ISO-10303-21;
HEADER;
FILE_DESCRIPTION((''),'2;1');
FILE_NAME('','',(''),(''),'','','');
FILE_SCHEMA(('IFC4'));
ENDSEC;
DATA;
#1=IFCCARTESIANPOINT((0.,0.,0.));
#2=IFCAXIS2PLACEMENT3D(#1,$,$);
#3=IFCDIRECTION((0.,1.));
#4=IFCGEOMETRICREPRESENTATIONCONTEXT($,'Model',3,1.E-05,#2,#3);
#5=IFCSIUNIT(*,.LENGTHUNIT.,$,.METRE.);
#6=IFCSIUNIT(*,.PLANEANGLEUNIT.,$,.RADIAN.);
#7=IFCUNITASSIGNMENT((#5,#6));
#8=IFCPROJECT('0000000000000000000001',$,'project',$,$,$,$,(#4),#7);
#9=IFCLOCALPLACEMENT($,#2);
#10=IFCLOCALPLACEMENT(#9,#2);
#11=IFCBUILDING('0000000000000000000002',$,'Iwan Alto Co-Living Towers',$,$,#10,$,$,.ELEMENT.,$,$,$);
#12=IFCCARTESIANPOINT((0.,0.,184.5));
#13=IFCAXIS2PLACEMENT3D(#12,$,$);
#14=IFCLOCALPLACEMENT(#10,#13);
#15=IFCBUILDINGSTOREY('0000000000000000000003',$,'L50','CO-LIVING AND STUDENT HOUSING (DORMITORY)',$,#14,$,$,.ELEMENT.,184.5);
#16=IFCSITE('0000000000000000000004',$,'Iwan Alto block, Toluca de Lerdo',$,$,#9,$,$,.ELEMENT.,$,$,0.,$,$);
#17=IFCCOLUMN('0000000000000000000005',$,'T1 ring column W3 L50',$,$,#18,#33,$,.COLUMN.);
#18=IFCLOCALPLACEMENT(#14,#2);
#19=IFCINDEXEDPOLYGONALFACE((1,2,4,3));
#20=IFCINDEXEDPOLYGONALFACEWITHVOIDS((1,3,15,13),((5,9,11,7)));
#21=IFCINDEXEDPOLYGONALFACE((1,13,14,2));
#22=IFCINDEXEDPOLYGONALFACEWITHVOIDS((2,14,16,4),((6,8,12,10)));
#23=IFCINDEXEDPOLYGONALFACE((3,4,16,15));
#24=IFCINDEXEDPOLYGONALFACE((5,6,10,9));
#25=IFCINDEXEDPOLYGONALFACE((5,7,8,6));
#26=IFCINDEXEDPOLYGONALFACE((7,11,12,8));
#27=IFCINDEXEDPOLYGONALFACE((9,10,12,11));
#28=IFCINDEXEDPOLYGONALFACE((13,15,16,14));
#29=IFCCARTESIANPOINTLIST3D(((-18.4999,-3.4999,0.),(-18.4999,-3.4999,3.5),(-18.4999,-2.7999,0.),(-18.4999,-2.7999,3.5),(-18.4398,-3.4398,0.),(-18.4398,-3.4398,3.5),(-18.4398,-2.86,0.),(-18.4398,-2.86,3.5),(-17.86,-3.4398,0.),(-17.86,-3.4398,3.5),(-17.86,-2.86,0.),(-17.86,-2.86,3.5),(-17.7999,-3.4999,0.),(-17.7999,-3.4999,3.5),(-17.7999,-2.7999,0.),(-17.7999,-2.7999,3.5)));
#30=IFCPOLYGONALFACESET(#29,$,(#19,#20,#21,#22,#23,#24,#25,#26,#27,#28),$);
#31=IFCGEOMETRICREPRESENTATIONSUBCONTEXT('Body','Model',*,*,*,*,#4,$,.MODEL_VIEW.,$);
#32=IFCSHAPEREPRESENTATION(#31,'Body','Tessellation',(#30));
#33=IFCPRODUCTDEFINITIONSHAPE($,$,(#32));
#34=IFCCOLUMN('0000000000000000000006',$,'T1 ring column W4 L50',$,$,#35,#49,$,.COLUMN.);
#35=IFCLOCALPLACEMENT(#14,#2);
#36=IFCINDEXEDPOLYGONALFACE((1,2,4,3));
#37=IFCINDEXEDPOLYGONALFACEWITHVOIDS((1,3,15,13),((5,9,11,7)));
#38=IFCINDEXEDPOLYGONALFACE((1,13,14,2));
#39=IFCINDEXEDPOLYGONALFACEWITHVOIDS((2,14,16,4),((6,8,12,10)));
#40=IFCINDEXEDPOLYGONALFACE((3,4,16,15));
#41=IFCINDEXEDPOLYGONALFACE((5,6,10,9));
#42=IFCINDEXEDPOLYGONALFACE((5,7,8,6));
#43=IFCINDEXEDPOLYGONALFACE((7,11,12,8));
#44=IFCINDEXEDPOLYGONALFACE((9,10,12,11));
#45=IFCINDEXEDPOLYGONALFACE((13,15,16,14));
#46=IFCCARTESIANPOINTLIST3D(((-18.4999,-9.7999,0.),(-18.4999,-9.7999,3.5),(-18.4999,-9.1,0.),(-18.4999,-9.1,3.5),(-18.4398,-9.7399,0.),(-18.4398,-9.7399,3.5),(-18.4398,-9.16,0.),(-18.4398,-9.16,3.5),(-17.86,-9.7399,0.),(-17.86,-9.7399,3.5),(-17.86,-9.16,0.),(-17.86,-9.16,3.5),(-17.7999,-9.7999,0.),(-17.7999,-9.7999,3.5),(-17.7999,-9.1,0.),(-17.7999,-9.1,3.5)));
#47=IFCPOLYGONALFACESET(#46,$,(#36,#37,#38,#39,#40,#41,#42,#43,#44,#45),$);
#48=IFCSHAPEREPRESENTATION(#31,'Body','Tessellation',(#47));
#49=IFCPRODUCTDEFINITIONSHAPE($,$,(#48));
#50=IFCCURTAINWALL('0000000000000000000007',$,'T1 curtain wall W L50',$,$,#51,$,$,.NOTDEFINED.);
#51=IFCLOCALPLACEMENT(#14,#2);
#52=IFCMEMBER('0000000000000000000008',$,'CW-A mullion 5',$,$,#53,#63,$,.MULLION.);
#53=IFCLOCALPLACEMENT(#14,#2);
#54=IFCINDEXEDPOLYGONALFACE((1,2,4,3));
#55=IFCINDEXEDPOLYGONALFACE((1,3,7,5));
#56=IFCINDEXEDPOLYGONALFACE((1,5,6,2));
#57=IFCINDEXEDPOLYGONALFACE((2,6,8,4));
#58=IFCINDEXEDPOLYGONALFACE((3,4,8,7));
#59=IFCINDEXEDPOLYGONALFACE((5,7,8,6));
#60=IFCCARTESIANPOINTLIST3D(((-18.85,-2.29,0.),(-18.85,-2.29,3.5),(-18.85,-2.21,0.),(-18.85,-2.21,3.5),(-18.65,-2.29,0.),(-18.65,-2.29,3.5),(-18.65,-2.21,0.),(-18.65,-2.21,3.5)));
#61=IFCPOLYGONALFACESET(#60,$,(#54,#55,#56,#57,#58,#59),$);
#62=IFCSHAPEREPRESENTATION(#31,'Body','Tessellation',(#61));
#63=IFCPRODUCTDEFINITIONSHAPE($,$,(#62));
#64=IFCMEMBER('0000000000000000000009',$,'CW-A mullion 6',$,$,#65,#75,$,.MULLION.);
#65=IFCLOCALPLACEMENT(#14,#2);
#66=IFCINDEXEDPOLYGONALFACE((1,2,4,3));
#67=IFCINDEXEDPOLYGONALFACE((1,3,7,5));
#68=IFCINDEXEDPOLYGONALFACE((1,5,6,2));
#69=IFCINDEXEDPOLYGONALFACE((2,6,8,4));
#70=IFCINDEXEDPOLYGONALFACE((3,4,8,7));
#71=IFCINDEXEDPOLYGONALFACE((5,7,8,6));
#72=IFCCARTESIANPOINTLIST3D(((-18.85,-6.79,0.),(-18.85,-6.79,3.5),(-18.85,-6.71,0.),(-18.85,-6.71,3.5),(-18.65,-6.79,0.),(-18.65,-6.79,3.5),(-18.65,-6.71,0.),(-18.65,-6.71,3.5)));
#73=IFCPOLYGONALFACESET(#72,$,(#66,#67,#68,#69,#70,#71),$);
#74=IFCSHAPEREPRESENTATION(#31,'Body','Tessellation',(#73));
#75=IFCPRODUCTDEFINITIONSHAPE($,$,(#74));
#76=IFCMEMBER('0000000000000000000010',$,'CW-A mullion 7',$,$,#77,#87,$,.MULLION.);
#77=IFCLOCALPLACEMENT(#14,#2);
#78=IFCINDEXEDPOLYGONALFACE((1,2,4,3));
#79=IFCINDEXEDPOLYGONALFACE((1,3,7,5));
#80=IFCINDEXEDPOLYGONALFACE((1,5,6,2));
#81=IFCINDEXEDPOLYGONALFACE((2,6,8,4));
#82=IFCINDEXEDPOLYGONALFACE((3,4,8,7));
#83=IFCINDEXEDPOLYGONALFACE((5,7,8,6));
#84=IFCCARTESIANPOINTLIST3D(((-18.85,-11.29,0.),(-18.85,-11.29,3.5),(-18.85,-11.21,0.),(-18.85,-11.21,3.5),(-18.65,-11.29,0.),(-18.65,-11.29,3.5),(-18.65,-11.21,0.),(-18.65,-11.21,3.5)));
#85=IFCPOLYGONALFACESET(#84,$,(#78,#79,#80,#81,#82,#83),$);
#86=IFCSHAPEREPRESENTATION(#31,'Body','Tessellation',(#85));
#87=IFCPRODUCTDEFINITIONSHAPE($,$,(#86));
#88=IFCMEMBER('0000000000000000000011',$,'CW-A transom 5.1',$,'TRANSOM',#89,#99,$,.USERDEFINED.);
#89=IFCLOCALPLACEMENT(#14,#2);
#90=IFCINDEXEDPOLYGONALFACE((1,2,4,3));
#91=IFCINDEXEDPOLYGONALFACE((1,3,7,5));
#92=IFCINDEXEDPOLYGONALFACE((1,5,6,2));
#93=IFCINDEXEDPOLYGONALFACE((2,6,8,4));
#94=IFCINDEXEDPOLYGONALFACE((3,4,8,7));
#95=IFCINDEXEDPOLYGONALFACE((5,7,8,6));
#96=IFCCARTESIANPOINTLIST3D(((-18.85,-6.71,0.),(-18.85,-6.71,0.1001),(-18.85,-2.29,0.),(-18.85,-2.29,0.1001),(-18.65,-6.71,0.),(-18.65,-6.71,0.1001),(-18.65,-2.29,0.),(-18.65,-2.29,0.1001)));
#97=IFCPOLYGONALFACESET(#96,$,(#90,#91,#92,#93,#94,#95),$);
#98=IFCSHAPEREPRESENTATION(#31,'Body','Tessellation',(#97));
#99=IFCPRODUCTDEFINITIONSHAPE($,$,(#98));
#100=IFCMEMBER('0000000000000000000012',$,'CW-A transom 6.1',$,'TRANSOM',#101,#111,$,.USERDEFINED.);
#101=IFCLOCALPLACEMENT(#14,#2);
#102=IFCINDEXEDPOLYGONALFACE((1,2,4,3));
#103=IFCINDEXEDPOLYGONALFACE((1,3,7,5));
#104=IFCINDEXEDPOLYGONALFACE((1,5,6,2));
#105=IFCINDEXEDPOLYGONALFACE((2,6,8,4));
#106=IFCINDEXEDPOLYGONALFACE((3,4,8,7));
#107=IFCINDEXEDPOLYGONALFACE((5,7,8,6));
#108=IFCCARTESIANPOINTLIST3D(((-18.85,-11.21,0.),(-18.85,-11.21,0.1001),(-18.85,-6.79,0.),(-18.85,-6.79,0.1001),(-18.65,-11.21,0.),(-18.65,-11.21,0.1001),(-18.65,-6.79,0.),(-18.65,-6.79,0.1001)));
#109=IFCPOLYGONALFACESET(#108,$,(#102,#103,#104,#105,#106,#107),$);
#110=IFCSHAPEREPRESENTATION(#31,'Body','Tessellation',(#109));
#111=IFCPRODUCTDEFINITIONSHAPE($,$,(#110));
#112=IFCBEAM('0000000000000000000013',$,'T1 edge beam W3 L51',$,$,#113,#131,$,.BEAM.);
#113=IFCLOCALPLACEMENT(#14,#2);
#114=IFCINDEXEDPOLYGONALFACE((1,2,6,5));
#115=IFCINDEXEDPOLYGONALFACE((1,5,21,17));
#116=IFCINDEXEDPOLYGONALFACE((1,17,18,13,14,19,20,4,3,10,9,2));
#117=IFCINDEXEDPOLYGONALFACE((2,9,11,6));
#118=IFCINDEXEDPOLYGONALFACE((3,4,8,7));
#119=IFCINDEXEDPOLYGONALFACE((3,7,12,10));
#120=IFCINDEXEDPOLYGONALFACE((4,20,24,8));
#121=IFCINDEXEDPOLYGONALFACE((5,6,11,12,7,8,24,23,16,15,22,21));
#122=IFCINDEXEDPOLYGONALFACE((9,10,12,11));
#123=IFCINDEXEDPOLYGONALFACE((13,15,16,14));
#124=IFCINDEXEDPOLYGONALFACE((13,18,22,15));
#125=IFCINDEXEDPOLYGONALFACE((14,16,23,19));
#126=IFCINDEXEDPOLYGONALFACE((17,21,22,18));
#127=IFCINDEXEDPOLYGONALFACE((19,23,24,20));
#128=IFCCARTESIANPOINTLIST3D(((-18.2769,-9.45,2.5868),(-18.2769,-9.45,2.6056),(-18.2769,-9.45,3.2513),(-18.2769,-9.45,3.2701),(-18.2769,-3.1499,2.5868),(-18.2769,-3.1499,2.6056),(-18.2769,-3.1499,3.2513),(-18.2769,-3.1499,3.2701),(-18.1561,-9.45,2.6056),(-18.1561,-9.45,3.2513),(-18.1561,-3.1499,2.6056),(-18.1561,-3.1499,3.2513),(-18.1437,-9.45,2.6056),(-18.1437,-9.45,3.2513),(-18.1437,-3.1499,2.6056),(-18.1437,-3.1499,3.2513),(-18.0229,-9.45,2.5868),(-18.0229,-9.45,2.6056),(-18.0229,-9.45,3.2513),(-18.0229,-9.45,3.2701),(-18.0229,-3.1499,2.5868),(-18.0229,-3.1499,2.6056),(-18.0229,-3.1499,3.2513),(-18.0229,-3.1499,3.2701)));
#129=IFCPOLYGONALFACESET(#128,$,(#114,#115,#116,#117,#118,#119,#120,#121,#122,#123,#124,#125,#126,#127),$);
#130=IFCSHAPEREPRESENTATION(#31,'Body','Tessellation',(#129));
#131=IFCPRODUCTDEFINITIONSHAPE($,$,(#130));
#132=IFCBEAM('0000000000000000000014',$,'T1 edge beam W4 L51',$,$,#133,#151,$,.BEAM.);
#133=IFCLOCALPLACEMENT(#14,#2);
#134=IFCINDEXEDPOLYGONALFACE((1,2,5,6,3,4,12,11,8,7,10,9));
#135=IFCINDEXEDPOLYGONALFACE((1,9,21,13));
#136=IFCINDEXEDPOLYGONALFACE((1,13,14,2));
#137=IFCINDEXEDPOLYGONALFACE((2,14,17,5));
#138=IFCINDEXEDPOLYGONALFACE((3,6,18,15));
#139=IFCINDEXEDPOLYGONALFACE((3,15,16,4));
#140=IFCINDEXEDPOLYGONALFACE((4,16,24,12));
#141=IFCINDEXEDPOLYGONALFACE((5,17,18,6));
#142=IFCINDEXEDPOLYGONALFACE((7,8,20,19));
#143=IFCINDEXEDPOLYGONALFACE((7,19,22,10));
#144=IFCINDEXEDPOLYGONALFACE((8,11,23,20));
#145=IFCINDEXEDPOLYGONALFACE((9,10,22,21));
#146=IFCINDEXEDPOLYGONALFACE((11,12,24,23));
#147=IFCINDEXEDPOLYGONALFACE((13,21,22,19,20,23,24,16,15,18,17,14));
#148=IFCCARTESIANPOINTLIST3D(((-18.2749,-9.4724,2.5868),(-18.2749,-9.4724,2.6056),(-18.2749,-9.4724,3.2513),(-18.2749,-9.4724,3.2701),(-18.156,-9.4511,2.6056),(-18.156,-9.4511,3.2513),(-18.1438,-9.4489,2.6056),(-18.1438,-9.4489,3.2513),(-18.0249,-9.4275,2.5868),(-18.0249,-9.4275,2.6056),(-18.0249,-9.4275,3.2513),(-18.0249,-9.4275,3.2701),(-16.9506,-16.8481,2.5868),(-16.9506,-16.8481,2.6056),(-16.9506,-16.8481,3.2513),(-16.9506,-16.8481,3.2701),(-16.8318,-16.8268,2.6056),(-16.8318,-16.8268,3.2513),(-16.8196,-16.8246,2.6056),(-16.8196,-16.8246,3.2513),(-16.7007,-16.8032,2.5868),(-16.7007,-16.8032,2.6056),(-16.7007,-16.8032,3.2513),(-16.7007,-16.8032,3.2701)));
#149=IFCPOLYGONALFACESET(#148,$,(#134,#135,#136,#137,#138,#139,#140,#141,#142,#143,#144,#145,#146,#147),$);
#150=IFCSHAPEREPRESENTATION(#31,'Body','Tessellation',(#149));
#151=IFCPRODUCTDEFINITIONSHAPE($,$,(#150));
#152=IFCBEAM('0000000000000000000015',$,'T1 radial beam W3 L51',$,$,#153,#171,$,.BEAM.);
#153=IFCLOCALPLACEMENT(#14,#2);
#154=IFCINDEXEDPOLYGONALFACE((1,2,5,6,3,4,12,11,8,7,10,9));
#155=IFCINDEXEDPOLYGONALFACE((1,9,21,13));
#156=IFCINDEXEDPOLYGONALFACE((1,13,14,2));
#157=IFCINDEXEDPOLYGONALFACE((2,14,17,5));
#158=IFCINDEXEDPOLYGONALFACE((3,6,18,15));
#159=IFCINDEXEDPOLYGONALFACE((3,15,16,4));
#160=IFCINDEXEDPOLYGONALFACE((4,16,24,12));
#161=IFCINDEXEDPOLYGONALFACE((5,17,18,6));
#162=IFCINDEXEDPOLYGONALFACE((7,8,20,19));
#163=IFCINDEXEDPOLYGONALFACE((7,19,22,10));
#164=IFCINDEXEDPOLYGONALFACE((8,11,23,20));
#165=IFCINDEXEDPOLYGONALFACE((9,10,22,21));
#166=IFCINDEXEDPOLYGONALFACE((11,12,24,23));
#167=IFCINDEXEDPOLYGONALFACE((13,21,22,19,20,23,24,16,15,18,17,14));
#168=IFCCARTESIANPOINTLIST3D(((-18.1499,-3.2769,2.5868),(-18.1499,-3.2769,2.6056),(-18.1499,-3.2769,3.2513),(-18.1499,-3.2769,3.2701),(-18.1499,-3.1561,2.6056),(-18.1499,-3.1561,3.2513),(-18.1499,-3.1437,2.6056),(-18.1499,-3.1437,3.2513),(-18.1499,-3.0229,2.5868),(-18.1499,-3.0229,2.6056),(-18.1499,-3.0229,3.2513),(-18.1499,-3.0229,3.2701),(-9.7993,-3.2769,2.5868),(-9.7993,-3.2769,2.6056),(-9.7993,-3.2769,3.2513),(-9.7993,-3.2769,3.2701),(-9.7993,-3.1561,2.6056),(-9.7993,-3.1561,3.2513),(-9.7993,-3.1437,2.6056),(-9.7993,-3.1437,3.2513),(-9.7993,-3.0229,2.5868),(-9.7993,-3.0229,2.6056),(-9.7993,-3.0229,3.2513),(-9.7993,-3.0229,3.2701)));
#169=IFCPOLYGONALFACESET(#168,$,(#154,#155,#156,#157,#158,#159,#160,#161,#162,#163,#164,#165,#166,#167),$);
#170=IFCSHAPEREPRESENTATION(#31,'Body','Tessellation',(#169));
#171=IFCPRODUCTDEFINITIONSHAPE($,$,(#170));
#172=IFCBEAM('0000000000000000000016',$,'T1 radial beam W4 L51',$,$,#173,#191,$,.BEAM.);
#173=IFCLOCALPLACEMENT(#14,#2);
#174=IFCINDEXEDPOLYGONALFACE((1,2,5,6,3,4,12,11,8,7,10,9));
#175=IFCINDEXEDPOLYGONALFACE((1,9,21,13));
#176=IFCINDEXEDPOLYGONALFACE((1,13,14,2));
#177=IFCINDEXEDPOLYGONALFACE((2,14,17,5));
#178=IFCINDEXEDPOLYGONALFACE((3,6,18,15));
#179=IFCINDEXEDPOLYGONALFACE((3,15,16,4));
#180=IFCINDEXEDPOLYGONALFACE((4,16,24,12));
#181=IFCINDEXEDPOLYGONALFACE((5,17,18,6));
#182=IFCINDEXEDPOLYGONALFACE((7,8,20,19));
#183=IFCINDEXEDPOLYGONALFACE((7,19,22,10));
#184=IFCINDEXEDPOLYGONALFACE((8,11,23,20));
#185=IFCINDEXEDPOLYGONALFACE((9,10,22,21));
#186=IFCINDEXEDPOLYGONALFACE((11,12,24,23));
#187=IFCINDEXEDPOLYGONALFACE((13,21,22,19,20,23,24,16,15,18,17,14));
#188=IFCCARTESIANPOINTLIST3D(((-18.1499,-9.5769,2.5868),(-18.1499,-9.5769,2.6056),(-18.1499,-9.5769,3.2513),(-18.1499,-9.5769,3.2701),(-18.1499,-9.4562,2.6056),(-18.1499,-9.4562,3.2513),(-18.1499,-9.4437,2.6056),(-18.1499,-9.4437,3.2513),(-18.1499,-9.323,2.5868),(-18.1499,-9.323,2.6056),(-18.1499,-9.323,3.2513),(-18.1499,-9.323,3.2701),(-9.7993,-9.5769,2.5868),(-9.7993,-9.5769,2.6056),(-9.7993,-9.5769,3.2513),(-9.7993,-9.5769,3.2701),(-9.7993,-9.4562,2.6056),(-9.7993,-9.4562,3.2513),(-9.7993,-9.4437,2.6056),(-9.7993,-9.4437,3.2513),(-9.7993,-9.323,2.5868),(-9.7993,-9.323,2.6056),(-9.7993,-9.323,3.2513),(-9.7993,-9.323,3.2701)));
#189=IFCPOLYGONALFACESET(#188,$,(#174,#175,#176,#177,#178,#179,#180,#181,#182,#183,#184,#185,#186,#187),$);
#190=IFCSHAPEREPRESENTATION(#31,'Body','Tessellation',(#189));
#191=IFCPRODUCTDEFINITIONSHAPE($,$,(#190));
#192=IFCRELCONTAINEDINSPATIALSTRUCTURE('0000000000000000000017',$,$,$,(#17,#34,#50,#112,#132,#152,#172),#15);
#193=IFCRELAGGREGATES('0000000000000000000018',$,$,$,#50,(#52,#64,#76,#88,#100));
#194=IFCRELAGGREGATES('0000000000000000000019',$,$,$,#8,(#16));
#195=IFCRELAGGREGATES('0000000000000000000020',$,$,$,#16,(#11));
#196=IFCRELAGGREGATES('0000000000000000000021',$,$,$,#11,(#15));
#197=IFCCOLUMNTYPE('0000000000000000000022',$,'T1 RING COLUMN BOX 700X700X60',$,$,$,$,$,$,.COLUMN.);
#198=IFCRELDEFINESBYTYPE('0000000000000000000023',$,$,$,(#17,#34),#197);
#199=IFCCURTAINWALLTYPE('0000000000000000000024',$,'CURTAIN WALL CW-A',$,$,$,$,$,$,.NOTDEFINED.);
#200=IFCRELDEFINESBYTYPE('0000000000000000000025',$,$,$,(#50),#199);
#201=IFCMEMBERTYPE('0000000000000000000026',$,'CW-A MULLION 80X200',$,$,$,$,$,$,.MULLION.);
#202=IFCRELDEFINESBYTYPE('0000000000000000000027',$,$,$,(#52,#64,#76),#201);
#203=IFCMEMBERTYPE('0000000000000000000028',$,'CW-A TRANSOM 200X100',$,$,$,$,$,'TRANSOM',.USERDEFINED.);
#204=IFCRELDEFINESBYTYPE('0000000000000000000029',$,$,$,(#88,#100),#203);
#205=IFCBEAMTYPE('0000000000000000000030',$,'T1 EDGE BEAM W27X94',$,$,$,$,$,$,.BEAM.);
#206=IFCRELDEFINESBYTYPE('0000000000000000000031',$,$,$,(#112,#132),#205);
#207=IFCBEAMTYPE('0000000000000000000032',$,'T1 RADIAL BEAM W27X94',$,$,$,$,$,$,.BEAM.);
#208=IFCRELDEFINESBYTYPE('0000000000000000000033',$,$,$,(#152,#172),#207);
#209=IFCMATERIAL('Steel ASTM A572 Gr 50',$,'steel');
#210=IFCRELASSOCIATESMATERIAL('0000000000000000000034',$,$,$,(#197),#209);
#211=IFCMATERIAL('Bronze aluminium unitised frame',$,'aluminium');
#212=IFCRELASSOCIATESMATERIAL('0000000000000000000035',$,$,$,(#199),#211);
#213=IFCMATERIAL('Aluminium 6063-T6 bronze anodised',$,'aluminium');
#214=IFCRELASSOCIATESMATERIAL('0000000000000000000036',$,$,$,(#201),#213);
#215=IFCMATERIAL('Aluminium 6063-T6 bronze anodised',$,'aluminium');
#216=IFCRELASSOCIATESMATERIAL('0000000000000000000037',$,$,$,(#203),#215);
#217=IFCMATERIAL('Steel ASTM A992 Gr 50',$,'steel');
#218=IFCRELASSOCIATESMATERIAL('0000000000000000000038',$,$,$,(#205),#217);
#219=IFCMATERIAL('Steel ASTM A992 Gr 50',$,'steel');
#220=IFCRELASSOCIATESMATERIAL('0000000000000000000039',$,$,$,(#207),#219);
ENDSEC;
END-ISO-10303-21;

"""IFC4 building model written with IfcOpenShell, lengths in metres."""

from ifc_helpers import new_model, si_unit, direction, frame, origin, origin_2d, place, context, subcontext, project, spatial, rectangle, hollow_rectangle, i_section, extrude, material, material_profile, profile_set, type_object, element, aggregate, save


model = new_model("IFC4")

# Units and contexts
model_context = context("Model", 3, precision=1e-05, world=origin(), true_north=direction((0.0, 1.0)))
body_context = subcontext(model_context, "Body", "Model", "MODEL_VIEW")
ifc_project = project(units=[si_unit("LENGTHUNIT", "METRE"), si_unit("PLANEANGLEUNIT", "RADIAN")], contexts=[model_context])

# Site, building, storey
site_placement = place(None, origin())
site = spatial("IfcSite", under=ifc_project, at=site_placement, Name="Iwan Alto block, Toluca de Lerdo", CompositionType="ELEMENT", RefElevation=0.0)
building_placement = place(site_placement, origin())
building = spatial("IfcBuilding", under=site, at=building_placement, Name="Iwan Alto Co-Living Towers", CompositionType="ELEMENT")
storey_placement = place(building_placement, frame((0.0, 0.0, 184.5)))
storey = spatial("IfcBuildingStorey", under=building, at=storey_placement, Name="L50", Description="CO-LIVING AND STUDENT HOUSING (DORMITORY)", CompositionType="ELEMENT", Elevation=184.5)

# Columns
ifc_material_1 = material(Name="Steel ASTM A572 Gr 50", Category="steel")
ifc_material_profile_1 = material_profile(ifc_material_1, hollow_rectangle(XDim=0.7, YDim=0.7, WallThickness=0.0601, at=origin_2d()), Name="BOX 700X700X60")
ifc_profile_set_1 = profile_set([ifc_material_profile_1], Name="Steel ASTM A572 Gr 50")
column_type = type_object("IfcColumnType", Name="T1 RING COLUMN BOX 700X700X60", PredefinedType="COLUMN", material=ifc_profile_set_1)
for number, where, z_axis, x_axis, name in (
    (1, (-18.1499, -3.1499, 0.0), (0.0, 0.0, 1.0), (1.0, 0.0, 0.0), "T1 ring column W3 L50"),
    (2, (-18.1499, -9.45, 0.0), (0.0, 0.0, 1.0), (1.0, 0.0, 0.0), "T1 ring column W4 L50"),
):
    element("IfcColumn", number, at=place(storey_placement, frame(where, z_axis=z_axis, x_axis=x_axis)), inside=storey, type_object=column_type, Name=name, PredefinedType="COLUMN", context=body_context, shape_type="SweptSolid", body=[
        extrude(hollow_rectangle(XDim=0.7, YDim=0.7, WallThickness=0.0601, at=origin_2d()), origin(), (0.0, 0.0, 1.0), 3.5),
    ])

# Curtain wall, members
ifc_material_2 = material(Name="Bronze aluminium unitised frame", Category="aluminium")
curtain_wall_type = type_object("IfcCurtainWallType", Name="CURTAIN WALL CW-A", PredefinedType="NOTDEFINED", material=ifc_material_2)
curtain_wall_placement = place(storey_placement, origin())
curtain_wall = element("IfcCurtainWall", 3, at=curtain_wall_placement, inside=storey, type_object=curtain_wall_type, Name="T1 curtain wall W L50", PredefinedType="NOTDEFINED")
ifc_material_3 = material(Name="Aluminium 6063-T6 bronze anodised", Category="aluminium")
ifc_material_profile_2 = material_profile(ifc_material_3, rectangle(XDim=0.2, YDim=0.0801, at=origin_2d()), Name="AL 80X200")
ifc_profile_set_2 = profile_set([ifc_material_profile_2], Name="Aluminium 6063-T6 bronze anodised")
member_type_1 = type_object("IfcMemberType", Name="CW-A MULLION 80X200", PredefinedType="MULLION", material=ifc_profile_set_2)
member_1_placement = place(storey_placement, frame((-18.75, -2.25, 0.0), z_axis=(0.0, 0.0, 1.0), x_axis=(1.0, 0.0, 0.0)))
member_1 = element("IfcMember", 4, at=member_1_placement, type_object=member_type_1, Name="CW-A mullion 5", PredefinedType="MULLION", context=body_context, shape_type="SweptSolid", body=[
    extrude(rectangle(XDim=0.2, YDim=0.0801, at=origin_2d()), origin(), (0.0, 0.0, 1.0), 3.5),
])
member_2_placement = place(storey_placement, frame((-18.75, -6.75, 0.0), z_axis=(0.0, 0.0, 1.0), x_axis=(1.0, 0.0, 0.0)))
member_2 = element("IfcMember", 5, at=member_2_placement, type_object=member_type_1, Name="CW-A mullion 6", PredefinedType="MULLION", context=body_context, shape_type="SweptSolid", body=[
    extrude(rectangle(XDim=0.2, YDim=0.0801, at=origin_2d()), origin(), (0.0, 0.0, 1.0), 3.5),
])
member_3_placement = place(storey_placement, frame((-18.75, -11.25, 0.0), z_axis=(0.0, 0.0, 1.0), x_axis=(1.0, 0.0, 0.0)))
member_3 = element("IfcMember", 6, at=member_3_placement, type_object=member_type_1, Name="CW-A mullion 7", PredefinedType="MULLION", context=body_context, shape_type="SweptSolid", body=[
    extrude(rectangle(XDim=0.2, YDim=0.0801, at=origin_2d()), origin(), (0.0, 0.0, 1.0), 3.5),
])
ifc_material_4 = material(Name="Aluminium 6063-T6 bronze anodised", Category="aluminium")
ifc_material_profile_3 = material_profile(ifc_material_4, rectangle(XDim=0.2, YDim=0.1001, at=origin_2d()), Name="AL 200X100")
ifc_profile_set_3 = profile_set([ifc_material_profile_3], Name="Aluminium 6063-T6 bronze anodised")
member_type_2 = type_object("IfcMemberType", Name="CW-A TRANSOM 200X100", ElementType="TRANSOM", PredefinedType="USERDEFINED", material=ifc_profile_set_3)
member_4_placement = place(storey_placement, frame((-18.75, -2.29, 0.05), z_axis=(0.0, -1.0, 0.0), x_axis=(1.0, 0.0, 0.0)))
member_4 = element("IfcMember", 7, at=member_4_placement, type_object=member_type_2, Name="CW-A transom 5.1", ObjectType="TRANSOM", PredefinedType="USERDEFINED", context=body_context, shape_type="SweptSolid", body=[
    extrude(rectangle(XDim=0.2, YDim=0.1001, at=origin_2d()), origin(), (0.0, 0.0, 1.0), 4.4199),
])
member_5_placement = place(storey_placement, frame((-18.75, -6.79, 0.05), z_axis=(0.0, -1.0, 0.0), x_axis=(1.0, 0.0, 0.0)))
member_5 = element("IfcMember", 8, at=member_5_placement, type_object=member_type_2, Name="CW-A transom 6.1", ObjectType="TRANSOM", PredefinedType="USERDEFINED", context=body_context, shape_type="SweptSolid", body=[
    extrude(rectangle(XDim=0.2, YDim=0.1001, at=origin_2d()), origin(), (0.0, 0.0, 1.0), 4.4199),
])

# Beams
ifc_material_5 = material(Name="Steel ASTM A992 Gr 50", Category="steel")
ifc_material_profile_4 = material_profile(ifc_material_5, i_section(OverallWidth=0.2539, OverallDepth=0.6833, WebThickness=0.0125, FlangeThickness=0.0188, at=origin_2d()), Name="W27X94")
ifc_profile_set_4 = profile_set([ifc_material_profile_4], Name="Steel ASTM A992 Gr 50")
beam_type_1 = type_object("IfcBeamType", Name="T1 EDGE BEAM W27X94", PredefinedType="BEAM", material=ifc_profile_set_4)
beam_1_placement = place(storey_placement, frame((-18.1499, -3.1499, 2.9285), z_axis=(0.0, -1.0, 0.0), x_axis=(1.0, 0.0, 0.0)))
element("IfcBeam", 9, at=beam_1_placement, inside=storey, type_object=beam_type_1, Name="T1 edge beam W3 L51", PredefinedType="BEAM", context=body_context, shape_type="SweptSolid", body=[
    extrude(i_section(OverallWidth=0.2539, OverallDepth=0.6833, WebThickness=0.0125, FlangeThickness=0.0188, at=origin_2d()), origin(), (0.0, 0.0, 1.0), 6.3),
])
beam_2_placement = place(storey_placement, frame((-18.1499, -9.45, 2.9285), z_axis=(0.176712, -0.984263, 0.0), x_axis=(0.984263, 0.176712, 0.0)))
element("IfcBeam", 10, at=beam_2_placement, inside=storey, type_object=beam_type_1, Name="T1 edge beam W4 L51", PredefinedType="BEAM", context=body_context, shape_type="SweptSolid", body=[
    extrude(i_section(OverallWidth=0.2539, OverallDepth=0.6833, WebThickness=0.0125, FlangeThickness=0.0188, at=origin_2d()), origin(), (0.0, 0.0, 1.0), 7.4937),
])
ifc_material_6 = material(Name="Steel ASTM A992 Gr 50", Category="steel")
ifc_material_profile_5 = material_profile(ifc_material_6, i_section(OverallWidth=0.2539, OverallDepth=0.6833, WebThickness=0.0125, FlangeThickness=0.0188, at=origin_2d()), Name="W27X94")
ifc_profile_set_5 = profile_set([ifc_material_profile_5], Name="Steel ASTM A992 Gr 50")
beam_type_2 = type_object("IfcBeamType", Name="T1 RADIAL BEAM W27X94", PredefinedType="BEAM", material=ifc_profile_set_5)
for number, where, z_axis, x_axis, name in (
    (11, (-18.1499, -3.1499, 2.9285), (1.0, 0.0, 0.0), (0.0, 1.0, 0.0), "T1 radial beam W3 L51"),
    (12, (-18.1499, -9.45, 2.9285), (1.0, 0.0, 0.0), (0.0, 1.0, 0.0), "T1 radial beam W4 L51"),
):
    element("IfcBeam", number, at=place(storey_placement, frame(where, z_axis=z_axis, x_axis=x_axis)), inside=storey, type_object=beam_type_2, Name=name, PredefinedType="BEAM", context=body_context, shape_type="SweptSolid", body=[
        extrude(i_section(OverallWidth=0.2539, OverallDepth=0.6833, WebThickness=0.0125, FlangeThickness=0.0188, at=origin_2d()), origin(), (0.0, 0.0, 1.0), 8.3506),
    ])

aggregate(curtain_wall, [member_1, member_2, member_3, member_4, member_5])

save(model, "model.ifc")
